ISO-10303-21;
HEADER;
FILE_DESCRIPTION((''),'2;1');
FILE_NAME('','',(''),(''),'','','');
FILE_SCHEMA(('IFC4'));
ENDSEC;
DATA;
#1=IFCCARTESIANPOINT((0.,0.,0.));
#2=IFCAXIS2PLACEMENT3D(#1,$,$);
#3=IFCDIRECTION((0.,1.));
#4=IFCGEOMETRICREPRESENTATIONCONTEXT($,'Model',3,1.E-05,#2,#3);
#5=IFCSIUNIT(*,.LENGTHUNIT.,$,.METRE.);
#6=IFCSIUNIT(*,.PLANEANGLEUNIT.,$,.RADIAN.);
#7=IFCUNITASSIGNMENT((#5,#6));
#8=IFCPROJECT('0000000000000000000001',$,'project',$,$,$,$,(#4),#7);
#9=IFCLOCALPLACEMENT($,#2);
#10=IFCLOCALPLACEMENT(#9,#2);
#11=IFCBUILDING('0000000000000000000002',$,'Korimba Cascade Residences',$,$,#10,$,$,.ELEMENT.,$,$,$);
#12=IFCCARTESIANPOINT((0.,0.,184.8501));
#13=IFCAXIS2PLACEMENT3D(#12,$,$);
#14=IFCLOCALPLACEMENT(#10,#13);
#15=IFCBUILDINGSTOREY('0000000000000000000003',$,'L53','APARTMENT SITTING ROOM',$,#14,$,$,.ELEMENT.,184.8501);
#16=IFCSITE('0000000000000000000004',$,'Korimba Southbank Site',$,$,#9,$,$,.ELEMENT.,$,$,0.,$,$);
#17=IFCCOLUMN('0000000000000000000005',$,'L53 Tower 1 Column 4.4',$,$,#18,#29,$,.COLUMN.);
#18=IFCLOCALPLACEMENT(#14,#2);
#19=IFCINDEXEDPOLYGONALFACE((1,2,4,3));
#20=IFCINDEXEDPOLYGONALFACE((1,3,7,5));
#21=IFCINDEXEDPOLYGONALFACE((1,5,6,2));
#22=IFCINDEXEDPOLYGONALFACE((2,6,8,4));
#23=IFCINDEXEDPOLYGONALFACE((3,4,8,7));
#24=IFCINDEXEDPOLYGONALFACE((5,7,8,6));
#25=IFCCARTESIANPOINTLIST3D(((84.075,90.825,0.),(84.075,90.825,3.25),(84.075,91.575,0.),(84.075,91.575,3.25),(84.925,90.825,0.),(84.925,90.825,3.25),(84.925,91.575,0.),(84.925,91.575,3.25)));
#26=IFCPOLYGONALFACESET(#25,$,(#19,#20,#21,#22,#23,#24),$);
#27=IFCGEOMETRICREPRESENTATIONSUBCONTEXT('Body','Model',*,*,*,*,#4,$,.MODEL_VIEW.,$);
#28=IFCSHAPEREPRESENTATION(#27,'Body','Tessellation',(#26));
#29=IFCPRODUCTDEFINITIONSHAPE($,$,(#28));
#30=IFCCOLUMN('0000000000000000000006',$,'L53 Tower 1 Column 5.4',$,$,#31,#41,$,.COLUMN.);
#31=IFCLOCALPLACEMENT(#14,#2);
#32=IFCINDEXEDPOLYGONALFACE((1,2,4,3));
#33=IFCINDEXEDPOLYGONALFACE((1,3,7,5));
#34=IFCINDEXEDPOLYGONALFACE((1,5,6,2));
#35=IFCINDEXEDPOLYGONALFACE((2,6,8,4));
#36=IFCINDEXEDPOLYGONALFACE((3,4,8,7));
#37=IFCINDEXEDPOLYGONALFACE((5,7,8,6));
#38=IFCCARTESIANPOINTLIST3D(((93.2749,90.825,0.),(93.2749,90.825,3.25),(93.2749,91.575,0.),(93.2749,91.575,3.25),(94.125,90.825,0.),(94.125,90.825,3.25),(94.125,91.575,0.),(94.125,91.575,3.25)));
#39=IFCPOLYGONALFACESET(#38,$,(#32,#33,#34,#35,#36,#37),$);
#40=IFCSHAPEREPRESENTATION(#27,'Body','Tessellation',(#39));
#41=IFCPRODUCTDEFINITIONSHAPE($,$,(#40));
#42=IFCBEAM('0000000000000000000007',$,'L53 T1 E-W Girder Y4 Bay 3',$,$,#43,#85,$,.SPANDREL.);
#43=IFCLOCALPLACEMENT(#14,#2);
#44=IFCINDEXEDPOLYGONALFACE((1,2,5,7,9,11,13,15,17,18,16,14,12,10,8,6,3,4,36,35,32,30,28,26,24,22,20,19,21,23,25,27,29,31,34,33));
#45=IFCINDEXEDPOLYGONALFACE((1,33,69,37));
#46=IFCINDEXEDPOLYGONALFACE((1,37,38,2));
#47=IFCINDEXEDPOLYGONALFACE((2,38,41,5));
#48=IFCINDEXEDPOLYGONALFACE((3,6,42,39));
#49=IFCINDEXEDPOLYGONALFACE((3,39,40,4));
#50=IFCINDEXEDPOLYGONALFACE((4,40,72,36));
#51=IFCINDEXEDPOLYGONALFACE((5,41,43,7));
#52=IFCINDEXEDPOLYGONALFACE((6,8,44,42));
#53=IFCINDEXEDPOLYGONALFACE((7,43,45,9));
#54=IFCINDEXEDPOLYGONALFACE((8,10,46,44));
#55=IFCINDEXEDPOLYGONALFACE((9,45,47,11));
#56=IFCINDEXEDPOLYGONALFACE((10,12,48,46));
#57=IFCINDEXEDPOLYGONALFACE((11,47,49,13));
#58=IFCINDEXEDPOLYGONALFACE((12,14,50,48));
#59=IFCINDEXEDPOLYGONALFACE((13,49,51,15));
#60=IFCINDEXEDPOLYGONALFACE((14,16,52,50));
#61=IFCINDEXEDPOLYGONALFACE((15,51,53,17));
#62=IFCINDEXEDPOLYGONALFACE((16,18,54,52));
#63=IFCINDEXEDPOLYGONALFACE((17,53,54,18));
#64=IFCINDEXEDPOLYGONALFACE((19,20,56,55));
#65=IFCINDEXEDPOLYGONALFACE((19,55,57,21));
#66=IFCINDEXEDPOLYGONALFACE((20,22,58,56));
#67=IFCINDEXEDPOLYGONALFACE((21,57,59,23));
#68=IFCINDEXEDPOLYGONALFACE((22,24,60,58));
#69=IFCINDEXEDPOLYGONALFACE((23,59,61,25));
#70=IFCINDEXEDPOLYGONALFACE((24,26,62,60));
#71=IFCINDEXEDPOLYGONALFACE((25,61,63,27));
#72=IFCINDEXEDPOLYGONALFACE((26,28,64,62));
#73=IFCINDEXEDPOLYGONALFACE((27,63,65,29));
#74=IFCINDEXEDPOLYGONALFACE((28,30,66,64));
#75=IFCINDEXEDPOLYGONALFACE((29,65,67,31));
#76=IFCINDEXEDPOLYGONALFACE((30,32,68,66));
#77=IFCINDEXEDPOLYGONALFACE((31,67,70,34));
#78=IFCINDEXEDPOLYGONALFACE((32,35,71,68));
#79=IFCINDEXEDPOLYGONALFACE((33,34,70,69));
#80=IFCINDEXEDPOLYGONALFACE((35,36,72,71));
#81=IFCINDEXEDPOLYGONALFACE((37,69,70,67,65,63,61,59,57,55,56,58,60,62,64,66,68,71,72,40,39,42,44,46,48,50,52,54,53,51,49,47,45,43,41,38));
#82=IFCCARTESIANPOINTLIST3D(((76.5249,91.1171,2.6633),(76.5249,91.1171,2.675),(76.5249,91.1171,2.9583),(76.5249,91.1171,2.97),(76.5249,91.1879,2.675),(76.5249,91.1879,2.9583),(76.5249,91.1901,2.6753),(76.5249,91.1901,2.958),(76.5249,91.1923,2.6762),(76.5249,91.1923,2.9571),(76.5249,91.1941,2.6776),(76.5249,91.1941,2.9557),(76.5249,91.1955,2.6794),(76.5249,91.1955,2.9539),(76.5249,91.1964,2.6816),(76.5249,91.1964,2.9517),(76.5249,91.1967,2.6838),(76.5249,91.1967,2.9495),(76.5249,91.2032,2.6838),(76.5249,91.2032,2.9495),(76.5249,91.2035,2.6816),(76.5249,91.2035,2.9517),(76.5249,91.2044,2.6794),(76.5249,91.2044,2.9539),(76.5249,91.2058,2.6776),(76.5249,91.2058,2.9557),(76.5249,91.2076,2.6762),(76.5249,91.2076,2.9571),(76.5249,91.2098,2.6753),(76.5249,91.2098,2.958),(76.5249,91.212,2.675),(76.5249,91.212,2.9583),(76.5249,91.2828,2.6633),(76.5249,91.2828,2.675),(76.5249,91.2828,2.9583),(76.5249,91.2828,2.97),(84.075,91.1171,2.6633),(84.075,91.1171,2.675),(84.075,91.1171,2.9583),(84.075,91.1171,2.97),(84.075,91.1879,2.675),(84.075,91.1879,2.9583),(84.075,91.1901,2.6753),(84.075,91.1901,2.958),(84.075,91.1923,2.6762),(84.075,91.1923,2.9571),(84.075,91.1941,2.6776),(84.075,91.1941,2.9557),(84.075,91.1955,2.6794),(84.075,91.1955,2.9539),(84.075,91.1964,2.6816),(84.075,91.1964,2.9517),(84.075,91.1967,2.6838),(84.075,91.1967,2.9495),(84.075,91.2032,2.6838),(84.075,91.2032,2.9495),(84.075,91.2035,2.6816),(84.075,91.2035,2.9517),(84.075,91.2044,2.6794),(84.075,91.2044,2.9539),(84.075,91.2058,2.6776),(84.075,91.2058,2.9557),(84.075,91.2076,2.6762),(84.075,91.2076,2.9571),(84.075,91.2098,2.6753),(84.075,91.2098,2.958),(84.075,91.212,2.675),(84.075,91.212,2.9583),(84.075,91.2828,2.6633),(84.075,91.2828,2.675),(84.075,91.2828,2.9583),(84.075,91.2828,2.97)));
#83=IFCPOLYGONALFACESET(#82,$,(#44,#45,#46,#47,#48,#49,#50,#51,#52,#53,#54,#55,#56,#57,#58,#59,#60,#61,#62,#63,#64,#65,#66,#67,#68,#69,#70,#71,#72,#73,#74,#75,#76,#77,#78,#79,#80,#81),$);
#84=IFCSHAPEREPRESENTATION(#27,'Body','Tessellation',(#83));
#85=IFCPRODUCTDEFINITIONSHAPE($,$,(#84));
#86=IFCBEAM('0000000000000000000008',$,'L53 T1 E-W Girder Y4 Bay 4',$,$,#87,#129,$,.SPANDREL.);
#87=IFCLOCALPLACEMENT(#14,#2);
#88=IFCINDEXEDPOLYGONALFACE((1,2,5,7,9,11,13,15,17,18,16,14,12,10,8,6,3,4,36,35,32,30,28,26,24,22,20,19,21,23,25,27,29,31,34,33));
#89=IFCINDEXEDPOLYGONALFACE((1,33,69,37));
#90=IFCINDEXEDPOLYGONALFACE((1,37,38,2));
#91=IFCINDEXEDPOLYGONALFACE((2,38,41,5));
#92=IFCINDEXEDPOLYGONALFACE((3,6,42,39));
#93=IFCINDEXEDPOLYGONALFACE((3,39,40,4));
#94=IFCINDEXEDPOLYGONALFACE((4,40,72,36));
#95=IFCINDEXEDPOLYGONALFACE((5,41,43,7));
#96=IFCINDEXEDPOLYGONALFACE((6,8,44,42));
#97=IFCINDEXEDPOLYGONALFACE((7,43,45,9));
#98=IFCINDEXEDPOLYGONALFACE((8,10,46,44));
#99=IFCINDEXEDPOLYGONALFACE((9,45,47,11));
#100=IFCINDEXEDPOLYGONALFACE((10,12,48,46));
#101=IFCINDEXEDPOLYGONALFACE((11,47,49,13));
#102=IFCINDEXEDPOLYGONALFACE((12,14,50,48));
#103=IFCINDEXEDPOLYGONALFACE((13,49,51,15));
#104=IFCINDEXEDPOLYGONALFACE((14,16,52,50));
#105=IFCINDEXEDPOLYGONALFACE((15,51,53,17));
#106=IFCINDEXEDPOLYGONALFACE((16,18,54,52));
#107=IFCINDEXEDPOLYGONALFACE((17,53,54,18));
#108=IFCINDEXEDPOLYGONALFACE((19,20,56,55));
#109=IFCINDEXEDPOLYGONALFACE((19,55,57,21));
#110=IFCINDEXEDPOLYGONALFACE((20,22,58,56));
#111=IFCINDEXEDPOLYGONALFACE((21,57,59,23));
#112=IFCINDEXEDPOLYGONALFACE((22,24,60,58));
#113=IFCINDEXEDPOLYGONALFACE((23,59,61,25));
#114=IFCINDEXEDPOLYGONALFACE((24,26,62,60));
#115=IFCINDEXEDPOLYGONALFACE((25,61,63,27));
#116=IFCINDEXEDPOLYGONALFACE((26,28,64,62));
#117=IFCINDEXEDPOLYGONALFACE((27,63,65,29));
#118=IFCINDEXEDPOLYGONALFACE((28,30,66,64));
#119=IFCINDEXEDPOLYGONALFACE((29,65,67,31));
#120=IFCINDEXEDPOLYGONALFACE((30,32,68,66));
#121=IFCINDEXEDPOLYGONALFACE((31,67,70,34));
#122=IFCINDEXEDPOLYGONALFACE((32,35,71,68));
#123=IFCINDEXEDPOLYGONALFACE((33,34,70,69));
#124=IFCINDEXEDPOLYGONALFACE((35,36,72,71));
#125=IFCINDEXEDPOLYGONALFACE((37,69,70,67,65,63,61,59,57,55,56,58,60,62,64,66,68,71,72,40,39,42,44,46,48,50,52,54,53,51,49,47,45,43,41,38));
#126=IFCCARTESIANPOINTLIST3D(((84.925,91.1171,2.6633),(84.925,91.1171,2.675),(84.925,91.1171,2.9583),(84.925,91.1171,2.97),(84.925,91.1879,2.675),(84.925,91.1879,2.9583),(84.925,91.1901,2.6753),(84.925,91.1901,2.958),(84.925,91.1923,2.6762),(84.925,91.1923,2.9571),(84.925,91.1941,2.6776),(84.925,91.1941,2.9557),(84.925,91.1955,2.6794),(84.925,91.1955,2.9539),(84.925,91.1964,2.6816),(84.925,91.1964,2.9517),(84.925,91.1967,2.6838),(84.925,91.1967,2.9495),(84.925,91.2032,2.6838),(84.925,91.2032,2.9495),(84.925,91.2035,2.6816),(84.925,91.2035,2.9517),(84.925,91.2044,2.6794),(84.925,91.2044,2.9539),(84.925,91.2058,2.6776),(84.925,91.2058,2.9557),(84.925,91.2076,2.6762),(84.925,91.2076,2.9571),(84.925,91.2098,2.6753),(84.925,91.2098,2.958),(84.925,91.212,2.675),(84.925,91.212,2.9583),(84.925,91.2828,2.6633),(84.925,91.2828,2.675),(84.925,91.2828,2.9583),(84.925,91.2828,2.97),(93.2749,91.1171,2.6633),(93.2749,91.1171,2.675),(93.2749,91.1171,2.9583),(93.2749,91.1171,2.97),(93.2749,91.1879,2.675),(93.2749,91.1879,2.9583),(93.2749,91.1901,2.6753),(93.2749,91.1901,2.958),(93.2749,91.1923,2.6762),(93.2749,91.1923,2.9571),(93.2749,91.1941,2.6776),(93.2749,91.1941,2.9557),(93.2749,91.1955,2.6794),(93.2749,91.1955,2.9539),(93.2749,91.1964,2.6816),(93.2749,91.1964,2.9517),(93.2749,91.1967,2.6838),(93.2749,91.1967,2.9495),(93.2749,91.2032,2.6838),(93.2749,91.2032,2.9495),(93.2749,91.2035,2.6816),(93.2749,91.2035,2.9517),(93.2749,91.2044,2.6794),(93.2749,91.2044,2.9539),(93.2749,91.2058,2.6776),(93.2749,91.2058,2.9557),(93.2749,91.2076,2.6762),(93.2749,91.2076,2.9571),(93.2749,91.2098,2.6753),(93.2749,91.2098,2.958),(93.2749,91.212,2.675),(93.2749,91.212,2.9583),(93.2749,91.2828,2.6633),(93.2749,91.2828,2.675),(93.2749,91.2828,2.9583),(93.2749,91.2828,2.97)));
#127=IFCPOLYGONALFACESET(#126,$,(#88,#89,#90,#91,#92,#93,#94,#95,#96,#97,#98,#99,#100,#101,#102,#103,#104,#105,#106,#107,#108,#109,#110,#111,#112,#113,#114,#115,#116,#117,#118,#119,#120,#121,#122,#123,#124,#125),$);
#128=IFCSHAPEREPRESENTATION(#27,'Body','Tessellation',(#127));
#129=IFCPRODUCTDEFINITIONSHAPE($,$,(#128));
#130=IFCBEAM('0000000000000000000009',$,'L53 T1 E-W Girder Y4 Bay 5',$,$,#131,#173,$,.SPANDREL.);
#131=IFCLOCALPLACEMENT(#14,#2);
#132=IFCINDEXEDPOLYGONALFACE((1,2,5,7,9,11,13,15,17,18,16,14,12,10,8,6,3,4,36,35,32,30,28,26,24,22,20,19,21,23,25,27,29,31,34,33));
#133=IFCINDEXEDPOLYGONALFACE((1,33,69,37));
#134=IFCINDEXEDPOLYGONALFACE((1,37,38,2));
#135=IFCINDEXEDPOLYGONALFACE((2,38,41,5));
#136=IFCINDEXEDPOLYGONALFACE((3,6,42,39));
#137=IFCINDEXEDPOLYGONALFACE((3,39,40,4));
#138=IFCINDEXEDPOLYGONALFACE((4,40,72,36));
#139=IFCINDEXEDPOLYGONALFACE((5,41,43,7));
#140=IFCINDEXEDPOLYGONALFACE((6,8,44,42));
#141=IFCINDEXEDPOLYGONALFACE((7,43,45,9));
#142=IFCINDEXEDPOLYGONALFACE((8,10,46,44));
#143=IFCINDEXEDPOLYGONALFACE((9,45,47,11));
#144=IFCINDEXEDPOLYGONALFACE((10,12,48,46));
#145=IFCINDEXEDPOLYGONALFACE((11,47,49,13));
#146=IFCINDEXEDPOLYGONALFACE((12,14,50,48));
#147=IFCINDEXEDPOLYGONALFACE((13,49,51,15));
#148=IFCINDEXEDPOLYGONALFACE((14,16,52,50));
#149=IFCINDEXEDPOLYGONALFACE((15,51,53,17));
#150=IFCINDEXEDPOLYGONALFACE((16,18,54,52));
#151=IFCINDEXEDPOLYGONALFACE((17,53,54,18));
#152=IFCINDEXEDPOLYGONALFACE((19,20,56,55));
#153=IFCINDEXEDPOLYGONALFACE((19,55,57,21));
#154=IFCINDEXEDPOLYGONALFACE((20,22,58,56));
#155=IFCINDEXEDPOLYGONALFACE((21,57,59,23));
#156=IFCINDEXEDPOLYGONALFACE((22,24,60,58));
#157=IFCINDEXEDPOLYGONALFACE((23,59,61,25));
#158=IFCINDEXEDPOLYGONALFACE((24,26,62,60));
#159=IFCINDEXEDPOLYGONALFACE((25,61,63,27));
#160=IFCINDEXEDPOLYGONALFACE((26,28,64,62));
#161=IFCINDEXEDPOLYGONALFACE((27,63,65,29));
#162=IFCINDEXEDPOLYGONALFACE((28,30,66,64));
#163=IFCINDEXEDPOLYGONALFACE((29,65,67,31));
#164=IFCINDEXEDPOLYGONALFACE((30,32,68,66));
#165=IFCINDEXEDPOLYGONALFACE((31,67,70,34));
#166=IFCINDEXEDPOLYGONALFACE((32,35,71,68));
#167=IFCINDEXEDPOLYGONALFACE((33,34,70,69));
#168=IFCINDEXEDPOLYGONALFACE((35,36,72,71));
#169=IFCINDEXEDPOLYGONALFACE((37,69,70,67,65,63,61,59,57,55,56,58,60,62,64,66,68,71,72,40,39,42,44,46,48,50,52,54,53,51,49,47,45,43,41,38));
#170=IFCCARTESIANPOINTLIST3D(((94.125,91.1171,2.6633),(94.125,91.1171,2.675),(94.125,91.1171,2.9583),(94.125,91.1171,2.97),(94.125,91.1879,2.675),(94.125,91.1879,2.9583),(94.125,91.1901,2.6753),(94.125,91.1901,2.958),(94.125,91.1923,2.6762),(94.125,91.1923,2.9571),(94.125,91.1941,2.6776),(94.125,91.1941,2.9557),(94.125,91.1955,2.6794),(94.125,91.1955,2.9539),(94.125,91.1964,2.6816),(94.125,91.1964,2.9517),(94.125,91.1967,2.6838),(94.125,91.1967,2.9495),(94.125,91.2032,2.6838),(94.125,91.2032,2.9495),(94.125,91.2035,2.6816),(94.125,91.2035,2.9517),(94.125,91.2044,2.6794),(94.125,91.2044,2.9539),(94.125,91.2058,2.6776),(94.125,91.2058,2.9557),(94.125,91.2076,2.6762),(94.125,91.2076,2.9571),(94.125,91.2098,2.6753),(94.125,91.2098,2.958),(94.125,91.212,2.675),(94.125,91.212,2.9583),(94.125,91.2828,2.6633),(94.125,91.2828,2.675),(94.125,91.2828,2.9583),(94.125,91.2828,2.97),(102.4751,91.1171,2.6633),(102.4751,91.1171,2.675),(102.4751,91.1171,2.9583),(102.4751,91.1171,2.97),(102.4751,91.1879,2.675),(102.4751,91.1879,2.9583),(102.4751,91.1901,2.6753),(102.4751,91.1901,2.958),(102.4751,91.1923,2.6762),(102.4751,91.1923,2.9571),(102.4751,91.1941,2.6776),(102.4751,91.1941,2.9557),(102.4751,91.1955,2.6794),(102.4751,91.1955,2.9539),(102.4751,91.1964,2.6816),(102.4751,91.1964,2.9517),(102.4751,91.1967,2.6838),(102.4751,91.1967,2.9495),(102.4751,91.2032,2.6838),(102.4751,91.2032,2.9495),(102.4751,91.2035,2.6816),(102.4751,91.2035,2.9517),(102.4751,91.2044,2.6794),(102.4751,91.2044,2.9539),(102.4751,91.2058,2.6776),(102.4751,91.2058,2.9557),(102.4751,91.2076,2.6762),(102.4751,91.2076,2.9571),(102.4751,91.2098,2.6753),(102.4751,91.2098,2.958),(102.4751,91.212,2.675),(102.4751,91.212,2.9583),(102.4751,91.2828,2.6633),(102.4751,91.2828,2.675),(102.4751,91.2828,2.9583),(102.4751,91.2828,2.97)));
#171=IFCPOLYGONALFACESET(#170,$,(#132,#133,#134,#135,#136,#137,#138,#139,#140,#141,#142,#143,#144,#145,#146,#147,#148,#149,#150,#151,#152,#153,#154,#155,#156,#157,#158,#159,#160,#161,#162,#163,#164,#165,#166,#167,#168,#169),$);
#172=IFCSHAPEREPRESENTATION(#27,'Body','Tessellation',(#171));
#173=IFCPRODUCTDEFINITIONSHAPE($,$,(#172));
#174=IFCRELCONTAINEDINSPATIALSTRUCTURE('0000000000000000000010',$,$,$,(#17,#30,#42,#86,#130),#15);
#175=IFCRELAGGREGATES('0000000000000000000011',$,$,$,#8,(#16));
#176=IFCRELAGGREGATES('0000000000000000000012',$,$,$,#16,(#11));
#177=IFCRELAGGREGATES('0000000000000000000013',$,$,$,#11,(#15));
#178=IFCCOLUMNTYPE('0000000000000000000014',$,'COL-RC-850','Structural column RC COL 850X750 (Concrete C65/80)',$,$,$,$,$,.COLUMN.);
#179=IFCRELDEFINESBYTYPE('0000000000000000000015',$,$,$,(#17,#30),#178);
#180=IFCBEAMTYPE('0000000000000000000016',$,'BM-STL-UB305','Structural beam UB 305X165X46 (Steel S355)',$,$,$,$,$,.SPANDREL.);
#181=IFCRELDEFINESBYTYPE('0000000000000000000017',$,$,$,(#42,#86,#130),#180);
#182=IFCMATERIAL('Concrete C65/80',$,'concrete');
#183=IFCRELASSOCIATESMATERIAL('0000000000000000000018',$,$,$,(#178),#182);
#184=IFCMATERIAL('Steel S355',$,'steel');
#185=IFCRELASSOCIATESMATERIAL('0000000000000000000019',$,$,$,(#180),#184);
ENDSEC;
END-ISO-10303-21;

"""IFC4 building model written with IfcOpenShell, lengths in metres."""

from ifc_helpers import new_model, si_unit, direction, frame, origin, origin_2d, place, context, subcontext, project, spatial, rectangle, i_section, extrude, material, material_profile, profile_set, type_object, element, save


model = new_model("IFC4")

# Units and contexts
model_context = context("Model", 3, precision=1e-05, world=origin(), true_north=direction((0.0, 1.0)))
body_context = subcontext(model_context, "Body", "Model", "MODEL_VIEW")
ifc_project = project(units=[si_unit("LENGTHUNIT", "METRE"), si_unit("PLANEANGLEUNIT", "RADIAN")], contexts=[model_context])

# Site, building, storey
site_placement = place(None, origin())
site = spatial("IfcSite", under=ifc_project, at=site_placement, Name="Korimba Southbank Site", CompositionType="ELEMENT", RefElevation=0.0)
building_placement = place(site_placement, origin())
building = spatial("IfcBuilding", under=site, at=building_placement, Name="Korimba Cascade Residences", CompositionType="ELEMENT")
storey_placement = place(building_placement, frame((0.0, 0.0, 184.8501)))
storey = spatial("IfcBuildingStorey", under=building, at=storey_placement, Name="L53", Description="APARTMENT SITTING ROOM", CompositionType="ELEMENT", Elevation=184.8501)

# Columns
ifc_material_1 = material(Name="Concrete C65/80", Category="concrete")
ifc_material_profile_1 = material_profile(ifc_material_1, rectangle(XDim=0.8501, YDim=0.75, at=origin_2d()), Name="Concrete C65/80")
ifc_profile_set_1 = profile_set([ifc_material_profile_1], Name="Concrete C65/80")
column_type = type_object("IfcColumnType", Name="COL-RC-850", Description="Structural column RC COL 850X750 (Concrete C65/80)", PredefinedType="COLUMN", material=ifc_profile_set_1)
for number, where, z_axis, x_axis, name in (
    (1, (84.5, 91.2, 0.0), (0.0, 0.0, 1.0), (1.0, 0.0, 0.0), "L53 Tower 1 Column 4.4"),
    (2, (93.7, 91.2, 0.0), (0.0, 0.0, 1.0), (1.0, 0.0, 0.0), "L53 Tower 1 Column 5.4"),
):
    element("IfcColumn", number, at=place(storey_placement, frame(where, z_axis=z_axis, x_axis=x_axis)), inside=storey, type_object=column_type, Name=name, PredefinedType="COLUMN", context=body_context, shape_type="SweptSolid", body=[
        extrude(rectangle(XDim=0.8501, YDim=0.75, at=origin_2d()), origin(), (0.0, 0.0, 1.0), 3.25),
    ])

# Beams
ifc_material_2 = material(Name="Steel S355", Category="steel")
ifc_material_profile_2 = material_profile(ifc_material_2, i_section(OverallWidth=0.1658, OverallDepth=0.3066, WebThickness=0.0066, FlangeThickness=0.0117, FilletRadius=0.0088, at=origin_2d()), Name="Steel S355")
ifc_profile_set_2 = profile_set([ifc_material_profile_2], Name="Steel S355")
beam_type = type_object("IfcBeamType", Name="BM-STL-UB305", Description="Structural beam UB 305X165X46 (Steel S355)", PredefinedType="SPANDREL", material=ifc_profile_set_2)
beam_1_placement = place(storey_placement, frame((76.5249, 91.2, 2.8167), z_axis=(1.0, 0.0, 0.0), x_axis=(0.0, 1.0, 0.0)))
element("IfcBeam", 3, at=beam_1_placement, inside=storey, type_object=beam_type, Name="L53 T1 E-W Girder Y4 Bay 3", PredefinedType="SPANDREL", context=body_context, shape_type="SweptSolid", body=[
    extrude(i_section(OverallWidth=0.1658, OverallDepth=0.3066, WebThickness=0.0066, FlangeThickness=0.0117, FilletRadius=0.0088, at=origin_2d()), origin(), (0.0, 0.0, 1.0), 7.55),
])
beam_2_placement = place(storey_placement, frame((84.925, 91.2, 2.8167), z_axis=(1.0, 0.0, 0.0), x_axis=(0.0, 1.0, 0.0)))
element("IfcBeam", 4, at=beam_2_placement, inside=storey, type_object=beam_type, Name="L53 T1 E-W Girder Y4 Bay 4", PredefinedType="SPANDREL", context=body_context, shape_type="SweptSolid", body=[
    extrude(i_section(OverallWidth=0.1658, OverallDepth=0.3066, WebThickness=0.0066, FlangeThickness=0.0117, FilletRadius=0.0088, at=origin_2d()), origin(), (0.0, 0.0, 1.0), 8.3499),
])
beam_3_placement = place(storey_placement, frame((94.125, 91.2, 2.8167), z_axis=(1.0, 0.0, 0.0), x_axis=(0.0, 1.0, 0.0)))
element("IfcBeam", 5, at=beam_3_placement, inside=storey, type_object=beam_type, Name="L53 T1 E-W Girder Y4 Bay 5", PredefinedType="SPANDREL", context=body_context, shape_type="SweptSolid", body=[
    extrude(i_section(OverallWidth=0.1658, OverallDepth=0.3066, WebThickness=0.0066, FlangeThickness=0.0117, FilletRadius=0.0088, at=origin_2d()), origin(), (0.0, 0.0, 1.0), 8.3501),
])

save(model, "model.ifc")
